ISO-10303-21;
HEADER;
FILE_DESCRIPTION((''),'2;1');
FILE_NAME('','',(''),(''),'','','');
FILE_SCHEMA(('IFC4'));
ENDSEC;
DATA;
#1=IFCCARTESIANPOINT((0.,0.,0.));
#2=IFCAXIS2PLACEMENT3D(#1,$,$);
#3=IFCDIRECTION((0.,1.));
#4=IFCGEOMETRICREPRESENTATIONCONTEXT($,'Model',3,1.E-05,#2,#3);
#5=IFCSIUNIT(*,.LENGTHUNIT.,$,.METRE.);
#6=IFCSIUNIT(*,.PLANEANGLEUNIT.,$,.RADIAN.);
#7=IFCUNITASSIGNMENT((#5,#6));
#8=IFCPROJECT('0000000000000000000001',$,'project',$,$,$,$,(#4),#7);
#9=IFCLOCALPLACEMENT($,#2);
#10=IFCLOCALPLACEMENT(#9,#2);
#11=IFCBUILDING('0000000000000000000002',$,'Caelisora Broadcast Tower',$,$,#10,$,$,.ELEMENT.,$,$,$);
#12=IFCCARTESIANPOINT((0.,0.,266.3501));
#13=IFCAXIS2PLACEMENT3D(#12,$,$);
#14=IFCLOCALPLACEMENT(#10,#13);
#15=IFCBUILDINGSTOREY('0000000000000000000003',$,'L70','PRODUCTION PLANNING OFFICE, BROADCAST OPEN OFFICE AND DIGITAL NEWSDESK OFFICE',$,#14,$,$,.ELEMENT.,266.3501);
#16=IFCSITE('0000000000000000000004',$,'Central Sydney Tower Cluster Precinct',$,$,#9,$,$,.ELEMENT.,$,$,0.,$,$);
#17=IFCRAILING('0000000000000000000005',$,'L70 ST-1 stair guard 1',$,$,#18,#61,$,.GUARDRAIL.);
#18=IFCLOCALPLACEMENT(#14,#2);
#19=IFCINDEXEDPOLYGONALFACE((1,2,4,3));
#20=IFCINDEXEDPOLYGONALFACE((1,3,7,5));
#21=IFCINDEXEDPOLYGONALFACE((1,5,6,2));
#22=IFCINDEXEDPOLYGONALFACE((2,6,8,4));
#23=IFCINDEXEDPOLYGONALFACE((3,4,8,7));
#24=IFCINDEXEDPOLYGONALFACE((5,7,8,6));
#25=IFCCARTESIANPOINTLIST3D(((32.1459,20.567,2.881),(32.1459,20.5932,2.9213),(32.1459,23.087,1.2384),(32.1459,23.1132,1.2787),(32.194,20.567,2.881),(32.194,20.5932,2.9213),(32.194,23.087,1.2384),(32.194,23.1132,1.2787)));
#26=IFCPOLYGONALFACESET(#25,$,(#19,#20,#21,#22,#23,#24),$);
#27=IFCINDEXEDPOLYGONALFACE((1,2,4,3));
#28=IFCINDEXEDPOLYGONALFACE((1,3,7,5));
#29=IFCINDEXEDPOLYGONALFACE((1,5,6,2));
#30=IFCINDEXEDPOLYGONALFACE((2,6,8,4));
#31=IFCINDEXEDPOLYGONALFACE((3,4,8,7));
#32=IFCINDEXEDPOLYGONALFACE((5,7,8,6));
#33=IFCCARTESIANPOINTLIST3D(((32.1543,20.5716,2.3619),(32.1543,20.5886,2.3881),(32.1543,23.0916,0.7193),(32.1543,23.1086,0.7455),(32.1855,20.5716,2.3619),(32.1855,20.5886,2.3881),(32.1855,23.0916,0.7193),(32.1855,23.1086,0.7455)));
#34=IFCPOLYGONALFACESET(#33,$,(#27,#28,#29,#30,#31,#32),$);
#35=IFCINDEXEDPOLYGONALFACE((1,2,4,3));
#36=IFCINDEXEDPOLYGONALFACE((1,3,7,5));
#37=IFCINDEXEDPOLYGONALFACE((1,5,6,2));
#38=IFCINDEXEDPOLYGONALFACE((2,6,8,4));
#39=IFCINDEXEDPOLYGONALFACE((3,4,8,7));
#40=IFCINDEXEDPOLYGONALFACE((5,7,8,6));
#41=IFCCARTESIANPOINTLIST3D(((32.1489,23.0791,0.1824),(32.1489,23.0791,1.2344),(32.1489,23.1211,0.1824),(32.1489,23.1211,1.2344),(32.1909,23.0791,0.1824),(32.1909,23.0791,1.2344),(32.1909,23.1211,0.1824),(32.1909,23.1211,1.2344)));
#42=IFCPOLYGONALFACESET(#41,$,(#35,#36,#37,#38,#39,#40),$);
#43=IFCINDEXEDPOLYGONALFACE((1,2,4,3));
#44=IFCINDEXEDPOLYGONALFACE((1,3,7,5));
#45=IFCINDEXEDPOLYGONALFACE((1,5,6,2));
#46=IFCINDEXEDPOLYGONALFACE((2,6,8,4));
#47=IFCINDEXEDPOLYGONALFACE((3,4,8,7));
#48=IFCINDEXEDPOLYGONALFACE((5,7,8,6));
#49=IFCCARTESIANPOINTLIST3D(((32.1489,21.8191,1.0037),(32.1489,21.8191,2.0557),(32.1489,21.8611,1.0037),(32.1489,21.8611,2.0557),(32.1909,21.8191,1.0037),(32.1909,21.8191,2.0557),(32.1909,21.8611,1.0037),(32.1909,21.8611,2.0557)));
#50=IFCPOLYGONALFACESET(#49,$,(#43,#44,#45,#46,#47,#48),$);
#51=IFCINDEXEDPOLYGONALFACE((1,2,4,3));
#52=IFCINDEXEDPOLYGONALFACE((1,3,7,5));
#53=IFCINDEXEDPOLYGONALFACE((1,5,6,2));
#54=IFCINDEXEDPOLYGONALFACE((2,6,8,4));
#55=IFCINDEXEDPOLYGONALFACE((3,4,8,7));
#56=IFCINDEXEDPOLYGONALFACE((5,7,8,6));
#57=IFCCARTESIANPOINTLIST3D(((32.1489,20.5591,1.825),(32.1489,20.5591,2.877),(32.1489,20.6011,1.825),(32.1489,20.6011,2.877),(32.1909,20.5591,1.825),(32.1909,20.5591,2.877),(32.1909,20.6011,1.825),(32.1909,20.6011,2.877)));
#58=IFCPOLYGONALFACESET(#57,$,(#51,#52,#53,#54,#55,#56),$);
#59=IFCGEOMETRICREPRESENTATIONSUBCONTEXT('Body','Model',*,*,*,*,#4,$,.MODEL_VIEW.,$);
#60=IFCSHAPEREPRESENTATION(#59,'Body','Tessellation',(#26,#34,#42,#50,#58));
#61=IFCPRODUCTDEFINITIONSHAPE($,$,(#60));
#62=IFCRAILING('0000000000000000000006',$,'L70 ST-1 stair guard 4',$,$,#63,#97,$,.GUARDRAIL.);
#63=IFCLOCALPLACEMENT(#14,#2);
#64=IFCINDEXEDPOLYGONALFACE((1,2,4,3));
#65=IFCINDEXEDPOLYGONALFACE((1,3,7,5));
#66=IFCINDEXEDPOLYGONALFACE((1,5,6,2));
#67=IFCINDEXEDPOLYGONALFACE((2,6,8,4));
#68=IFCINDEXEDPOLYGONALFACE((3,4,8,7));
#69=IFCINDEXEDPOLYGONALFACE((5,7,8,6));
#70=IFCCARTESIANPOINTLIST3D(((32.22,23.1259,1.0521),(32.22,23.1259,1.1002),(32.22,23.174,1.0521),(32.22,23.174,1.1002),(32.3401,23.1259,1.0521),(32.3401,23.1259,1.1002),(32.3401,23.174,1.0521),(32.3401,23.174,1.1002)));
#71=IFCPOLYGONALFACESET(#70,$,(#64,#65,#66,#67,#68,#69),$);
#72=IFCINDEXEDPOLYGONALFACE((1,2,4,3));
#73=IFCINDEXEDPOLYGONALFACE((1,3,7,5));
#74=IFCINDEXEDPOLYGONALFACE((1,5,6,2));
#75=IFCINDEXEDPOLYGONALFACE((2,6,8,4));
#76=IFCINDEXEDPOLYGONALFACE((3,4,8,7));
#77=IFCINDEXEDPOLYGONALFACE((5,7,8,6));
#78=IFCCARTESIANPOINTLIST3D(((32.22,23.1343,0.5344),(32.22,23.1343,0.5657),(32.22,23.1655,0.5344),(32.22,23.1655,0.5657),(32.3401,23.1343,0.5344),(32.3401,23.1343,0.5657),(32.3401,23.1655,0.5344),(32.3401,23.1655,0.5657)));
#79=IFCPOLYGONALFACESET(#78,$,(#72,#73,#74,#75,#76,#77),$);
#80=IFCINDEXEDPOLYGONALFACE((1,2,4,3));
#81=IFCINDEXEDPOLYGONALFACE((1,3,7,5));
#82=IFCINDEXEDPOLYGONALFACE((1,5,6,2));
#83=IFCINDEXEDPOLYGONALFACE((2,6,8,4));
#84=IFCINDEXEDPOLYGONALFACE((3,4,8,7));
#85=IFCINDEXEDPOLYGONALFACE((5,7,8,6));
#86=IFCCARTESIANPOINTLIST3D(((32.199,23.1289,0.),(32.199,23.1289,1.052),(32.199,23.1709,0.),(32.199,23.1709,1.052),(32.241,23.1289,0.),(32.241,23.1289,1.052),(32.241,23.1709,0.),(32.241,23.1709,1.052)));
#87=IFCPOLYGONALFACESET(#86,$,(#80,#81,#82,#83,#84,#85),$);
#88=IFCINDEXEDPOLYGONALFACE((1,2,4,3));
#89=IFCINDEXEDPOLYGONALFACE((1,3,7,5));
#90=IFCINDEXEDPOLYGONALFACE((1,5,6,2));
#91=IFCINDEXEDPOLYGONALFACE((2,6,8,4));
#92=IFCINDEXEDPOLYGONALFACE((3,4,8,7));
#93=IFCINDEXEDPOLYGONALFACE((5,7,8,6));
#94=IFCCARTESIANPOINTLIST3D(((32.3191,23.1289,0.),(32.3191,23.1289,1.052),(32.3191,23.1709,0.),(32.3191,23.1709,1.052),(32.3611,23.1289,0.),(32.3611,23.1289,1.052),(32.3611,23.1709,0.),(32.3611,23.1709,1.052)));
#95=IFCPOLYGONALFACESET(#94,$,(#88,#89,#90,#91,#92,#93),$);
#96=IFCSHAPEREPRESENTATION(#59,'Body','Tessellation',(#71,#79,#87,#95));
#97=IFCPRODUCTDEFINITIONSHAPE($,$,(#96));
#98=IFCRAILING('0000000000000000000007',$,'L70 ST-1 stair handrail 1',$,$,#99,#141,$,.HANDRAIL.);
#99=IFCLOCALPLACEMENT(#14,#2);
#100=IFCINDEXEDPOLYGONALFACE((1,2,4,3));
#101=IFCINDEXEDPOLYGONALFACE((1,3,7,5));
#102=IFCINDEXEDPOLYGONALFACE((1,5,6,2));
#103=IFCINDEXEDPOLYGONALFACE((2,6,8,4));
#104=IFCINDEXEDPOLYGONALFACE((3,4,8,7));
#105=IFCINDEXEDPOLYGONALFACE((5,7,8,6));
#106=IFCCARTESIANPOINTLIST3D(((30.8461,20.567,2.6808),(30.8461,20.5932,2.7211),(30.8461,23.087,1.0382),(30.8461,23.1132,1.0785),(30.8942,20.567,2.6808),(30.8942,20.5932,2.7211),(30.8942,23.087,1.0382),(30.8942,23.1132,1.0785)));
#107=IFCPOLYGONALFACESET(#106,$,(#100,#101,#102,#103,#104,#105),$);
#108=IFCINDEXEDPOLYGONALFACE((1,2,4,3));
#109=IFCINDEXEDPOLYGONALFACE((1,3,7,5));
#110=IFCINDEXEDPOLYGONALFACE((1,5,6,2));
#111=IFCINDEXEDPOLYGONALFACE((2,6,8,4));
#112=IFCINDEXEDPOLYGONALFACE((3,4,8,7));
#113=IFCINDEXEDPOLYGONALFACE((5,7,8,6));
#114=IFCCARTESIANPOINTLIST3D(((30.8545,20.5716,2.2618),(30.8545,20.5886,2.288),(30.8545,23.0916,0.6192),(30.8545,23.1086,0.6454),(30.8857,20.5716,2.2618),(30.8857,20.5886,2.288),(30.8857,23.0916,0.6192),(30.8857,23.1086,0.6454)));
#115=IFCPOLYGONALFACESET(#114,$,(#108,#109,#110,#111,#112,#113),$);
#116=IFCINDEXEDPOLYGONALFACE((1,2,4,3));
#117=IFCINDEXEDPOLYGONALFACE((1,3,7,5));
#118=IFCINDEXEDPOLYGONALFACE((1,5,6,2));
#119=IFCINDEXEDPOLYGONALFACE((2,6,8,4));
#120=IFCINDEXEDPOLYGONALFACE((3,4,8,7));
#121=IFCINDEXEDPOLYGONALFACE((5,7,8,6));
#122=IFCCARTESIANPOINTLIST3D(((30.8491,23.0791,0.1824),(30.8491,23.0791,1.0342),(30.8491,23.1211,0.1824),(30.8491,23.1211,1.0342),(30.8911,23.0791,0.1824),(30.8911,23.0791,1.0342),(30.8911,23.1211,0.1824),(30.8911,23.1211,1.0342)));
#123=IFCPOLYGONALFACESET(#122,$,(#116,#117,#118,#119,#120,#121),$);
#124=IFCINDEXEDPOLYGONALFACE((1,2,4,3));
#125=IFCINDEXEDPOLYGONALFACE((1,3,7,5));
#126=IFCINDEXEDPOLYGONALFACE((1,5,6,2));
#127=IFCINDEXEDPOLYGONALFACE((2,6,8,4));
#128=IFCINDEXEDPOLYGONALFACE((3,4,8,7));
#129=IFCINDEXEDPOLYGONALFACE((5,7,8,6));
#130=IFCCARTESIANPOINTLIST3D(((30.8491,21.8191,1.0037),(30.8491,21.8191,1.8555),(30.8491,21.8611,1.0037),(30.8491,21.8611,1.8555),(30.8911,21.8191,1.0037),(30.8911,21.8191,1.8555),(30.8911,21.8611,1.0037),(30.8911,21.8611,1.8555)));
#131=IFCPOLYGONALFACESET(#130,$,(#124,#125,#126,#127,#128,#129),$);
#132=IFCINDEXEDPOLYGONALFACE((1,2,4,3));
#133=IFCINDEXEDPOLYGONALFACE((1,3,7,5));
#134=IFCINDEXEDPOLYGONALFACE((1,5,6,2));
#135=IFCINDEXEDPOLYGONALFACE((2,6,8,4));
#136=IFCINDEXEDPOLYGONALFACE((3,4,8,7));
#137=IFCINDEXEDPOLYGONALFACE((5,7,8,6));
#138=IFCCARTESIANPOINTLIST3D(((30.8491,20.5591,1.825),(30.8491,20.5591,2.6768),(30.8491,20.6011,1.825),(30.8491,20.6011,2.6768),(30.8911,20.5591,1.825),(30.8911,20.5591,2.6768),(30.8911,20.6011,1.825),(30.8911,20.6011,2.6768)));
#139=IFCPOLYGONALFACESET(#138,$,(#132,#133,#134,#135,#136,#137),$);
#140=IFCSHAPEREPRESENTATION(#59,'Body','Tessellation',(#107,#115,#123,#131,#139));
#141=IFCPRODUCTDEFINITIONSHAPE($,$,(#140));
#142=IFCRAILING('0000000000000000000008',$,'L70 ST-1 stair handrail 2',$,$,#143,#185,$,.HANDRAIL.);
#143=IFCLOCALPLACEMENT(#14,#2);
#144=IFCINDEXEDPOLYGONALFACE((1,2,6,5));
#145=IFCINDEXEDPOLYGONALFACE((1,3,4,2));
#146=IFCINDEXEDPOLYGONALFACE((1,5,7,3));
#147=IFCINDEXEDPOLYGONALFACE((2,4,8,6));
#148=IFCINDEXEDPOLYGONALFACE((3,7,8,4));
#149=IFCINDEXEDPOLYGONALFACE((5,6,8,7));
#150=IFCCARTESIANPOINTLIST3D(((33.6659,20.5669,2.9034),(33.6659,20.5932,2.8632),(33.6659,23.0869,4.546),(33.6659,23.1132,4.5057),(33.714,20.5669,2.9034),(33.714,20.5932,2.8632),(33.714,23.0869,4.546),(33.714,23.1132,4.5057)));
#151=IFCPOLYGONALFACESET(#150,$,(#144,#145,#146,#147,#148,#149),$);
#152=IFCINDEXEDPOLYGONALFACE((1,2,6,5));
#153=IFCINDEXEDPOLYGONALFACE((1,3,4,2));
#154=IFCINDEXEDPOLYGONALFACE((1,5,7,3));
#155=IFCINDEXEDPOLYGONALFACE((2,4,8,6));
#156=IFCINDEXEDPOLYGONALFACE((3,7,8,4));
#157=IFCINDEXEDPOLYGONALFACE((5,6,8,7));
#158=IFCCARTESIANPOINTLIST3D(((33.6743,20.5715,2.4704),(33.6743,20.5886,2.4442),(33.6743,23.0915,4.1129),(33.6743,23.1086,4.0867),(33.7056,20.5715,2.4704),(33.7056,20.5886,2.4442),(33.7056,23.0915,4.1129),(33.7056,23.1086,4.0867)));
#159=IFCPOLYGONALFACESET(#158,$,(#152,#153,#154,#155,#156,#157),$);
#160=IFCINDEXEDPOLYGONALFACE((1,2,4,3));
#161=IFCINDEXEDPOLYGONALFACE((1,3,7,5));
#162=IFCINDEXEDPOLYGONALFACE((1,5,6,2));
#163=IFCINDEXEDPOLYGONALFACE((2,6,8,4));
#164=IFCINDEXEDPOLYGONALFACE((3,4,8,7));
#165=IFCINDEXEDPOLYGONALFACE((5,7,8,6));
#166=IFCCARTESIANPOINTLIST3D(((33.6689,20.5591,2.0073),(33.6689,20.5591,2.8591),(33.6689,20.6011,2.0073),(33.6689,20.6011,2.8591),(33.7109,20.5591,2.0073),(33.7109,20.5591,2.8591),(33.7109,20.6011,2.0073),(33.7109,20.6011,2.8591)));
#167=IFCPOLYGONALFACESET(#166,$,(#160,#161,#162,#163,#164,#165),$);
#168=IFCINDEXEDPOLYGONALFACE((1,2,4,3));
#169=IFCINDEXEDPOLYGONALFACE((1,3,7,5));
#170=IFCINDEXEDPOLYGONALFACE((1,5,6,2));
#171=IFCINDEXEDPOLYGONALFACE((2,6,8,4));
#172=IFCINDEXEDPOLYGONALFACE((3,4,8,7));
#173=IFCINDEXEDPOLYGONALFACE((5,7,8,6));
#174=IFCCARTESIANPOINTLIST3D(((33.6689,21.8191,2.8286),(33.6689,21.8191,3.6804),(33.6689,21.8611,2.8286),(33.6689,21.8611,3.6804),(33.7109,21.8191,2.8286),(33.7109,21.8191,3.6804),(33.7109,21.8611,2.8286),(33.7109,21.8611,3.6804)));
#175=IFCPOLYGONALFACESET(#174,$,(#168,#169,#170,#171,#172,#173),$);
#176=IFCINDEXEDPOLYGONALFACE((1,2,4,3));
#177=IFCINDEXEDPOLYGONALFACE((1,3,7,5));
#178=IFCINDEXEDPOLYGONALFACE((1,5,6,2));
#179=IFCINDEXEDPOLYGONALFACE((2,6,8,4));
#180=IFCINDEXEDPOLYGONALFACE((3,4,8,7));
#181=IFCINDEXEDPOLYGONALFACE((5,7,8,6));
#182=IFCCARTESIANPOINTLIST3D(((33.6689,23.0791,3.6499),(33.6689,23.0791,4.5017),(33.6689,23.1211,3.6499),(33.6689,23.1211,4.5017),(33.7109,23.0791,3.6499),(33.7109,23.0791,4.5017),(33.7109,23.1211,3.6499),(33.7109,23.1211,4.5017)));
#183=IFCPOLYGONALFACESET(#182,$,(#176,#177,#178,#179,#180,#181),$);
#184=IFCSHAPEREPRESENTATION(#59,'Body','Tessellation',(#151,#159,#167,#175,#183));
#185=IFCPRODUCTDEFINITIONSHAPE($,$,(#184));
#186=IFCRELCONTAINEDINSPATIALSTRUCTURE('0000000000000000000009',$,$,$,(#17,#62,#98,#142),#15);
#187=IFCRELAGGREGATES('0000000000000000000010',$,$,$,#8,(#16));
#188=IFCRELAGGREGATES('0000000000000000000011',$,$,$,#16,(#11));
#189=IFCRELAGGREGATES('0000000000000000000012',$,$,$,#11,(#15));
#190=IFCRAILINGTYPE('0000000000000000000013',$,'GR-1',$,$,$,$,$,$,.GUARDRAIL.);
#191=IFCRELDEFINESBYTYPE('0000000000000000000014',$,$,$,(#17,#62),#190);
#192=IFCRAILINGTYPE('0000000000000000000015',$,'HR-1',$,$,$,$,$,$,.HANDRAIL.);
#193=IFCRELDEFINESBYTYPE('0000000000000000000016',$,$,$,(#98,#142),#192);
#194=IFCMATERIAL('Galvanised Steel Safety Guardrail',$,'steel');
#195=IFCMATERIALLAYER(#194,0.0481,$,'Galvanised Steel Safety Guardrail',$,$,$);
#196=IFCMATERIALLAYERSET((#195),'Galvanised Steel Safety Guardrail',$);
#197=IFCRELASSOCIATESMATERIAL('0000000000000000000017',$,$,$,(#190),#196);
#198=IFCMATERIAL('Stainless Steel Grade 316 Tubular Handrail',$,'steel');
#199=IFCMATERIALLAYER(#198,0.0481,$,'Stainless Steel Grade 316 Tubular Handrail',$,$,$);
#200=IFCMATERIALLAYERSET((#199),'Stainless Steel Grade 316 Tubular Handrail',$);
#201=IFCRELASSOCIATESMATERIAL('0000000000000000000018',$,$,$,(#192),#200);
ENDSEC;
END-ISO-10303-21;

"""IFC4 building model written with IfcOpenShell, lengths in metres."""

from ifc_helpers import new_model, si_unit, direction, frame, origin, origin_2d, place, context, subcontext, project, spatial, rectangle, extrude, material, layer, layer_set, type_object, element, save


model = new_model("IFC4")

# Units and contexts
model_context = context("Model", 3, precision=1e-05, world=origin(), true_north=direction((0.0, 1.0)))
body_context = subcontext(model_context, "Body", "Model", "MODEL_VIEW")
ifc_project = project(units=[si_unit("LENGTHUNIT", "METRE"), si_unit("PLANEANGLEUNIT", "RADIAN")], contexts=[model_context])

# Site, building, storey
site_placement = place(None, origin())
site = spatial("IfcSite", under=ifc_project, at=site_placement, Name="Central Sydney Tower Cluster Precinct", CompositionType="ELEMENT", RefElevation=0.0)
building_placement = place(site_placement, origin())
building = spatial("IfcBuilding", under=site, at=building_placement, Name="Caelisora Broadcast Tower", CompositionType="ELEMENT")
storey_placement = place(building_placement, frame((0.0, 0.0, 266.3501)))
storey = spatial("IfcBuildingStorey", under=building, at=storey_placement, Name="L70", Description="PRODUCTION PLANNING OFFICE, BROADCAST OPEN OFFICE AND DIGITAL NEWSDESK OFFICE", CompositionType="ELEMENT", Elevation=266.3501)

# Railings
ifc_material_1 = material(Name="Galvanised Steel Safety Guardrail", Category="steel")
ifc_layer_1 = layer(ifc_material_1, 0.0481, Name="Galvanised Steel Safety Guardrail")
ifc_layer_set_1 = layer_set([ifc_layer_1], Name="Galvanised Steel Safety Guardrail")
railing_type_1 = type_object("IfcRailingType", Name="GR-1", PredefinedType="GUARDRAIL", material=ifc_layer_set_1)
railing_1_placement = place(storey_placement, frame((32.1699, 23.1001, 0.1824)))
element("IfcRailing", 1, at=railing_1_placement, inside=storey, type_object=railing_type_1, Name="L70 ST-1 stair guard 1", PredefinedType="GUARDRAIL", context=body_context, shape_type="SweptSolid", body=[
    extrude(rectangle(XDim=0.0481, YDim=0.0481, at=origin_2d()), frame((0.0, 0.0, 1.0762), z_axis=(0.0, -0.837749, 0.546055), x_axis=(1.0, 0.0, 0.0)), (0.0, 0.0, 1.0), 3.0081),
    extrude(rectangle(XDim=0.0312, YDim=0.0312, at=origin_2d()), frame((0.0, 0.0, 0.55), z_axis=(0.0, -0.837749, 0.546055), x_axis=(1.0, 0.0, 0.0)), (0.0, 0.0, 1.0), 3.0081),
    extrude(rectangle(XDim=0.042, YDim=0.042, at=origin_2d()), origin(), (0.0, 0.0, 1.0), 1.052),
    extrude(rectangle(XDim=0.042, YDim=0.042, at=origin_2d()), frame((0.0, -1.26, 0.8213)), (0.0, 0.0, 1.0), 1.052),
    extrude(rectangle(XDim=0.042, YDim=0.042, at=origin_2d()), frame((0.0, -2.52, 1.6426)), (0.0, 0.0, 1.0), 1.052),
])
railing_2_placement = place(storey_placement, frame((32.22, 23.1499, 0.0)))
element("IfcRailing", 2, at=railing_2_placement, inside=storey, type_object=railing_type_1, Name="L70 ST-1 stair guard 4", PredefinedType="GUARDRAIL", context=body_context, shape_type="SweptSolid", body=[
    extrude(rectangle(XDim=0.0481, YDim=0.0481, at=origin_2d()), frame((0.0, 0.0, 1.0762), z_axis=(1.0, 0.0, 0.0), x_axis=(0.0, 1.0, 0.0)), (0.0, 0.0, 1.0), 0.1201),
    extrude(rectangle(XDim=0.0312, YDim=0.0312, at=origin_2d()), frame((0.0, 0.0, 0.55), z_axis=(1.0, 0.0, 0.0), x_axis=(0.0, 1.0, 0.0)), (0.0, 0.0, 1.0), 0.1201),
    extrude(rectangle(XDim=0.042, YDim=0.042, at=origin_2d()), origin(), (0.0, 0.0, 1.0), 1.052),
    extrude(rectangle(XDim=0.042, YDim=0.042, at=origin_2d()), frame((0.1201, 0.0, 0.0)), (0.0, 0.0, 1.0), 1.052),
])
ifc_material_2 = material(Name="Stainless Steel Grade 316 Tubular Handrail", Category="steel")
ifc_layer_2 = layer(ifc_material_2, 0.0481, Name="Stainless Steel Grade 316 Tubular Handrail")
ifc_layer_set_2 = layer_set([ifc_layer_2], Name="Stainless Steel Grade 316 Tubular Handrail")
railing_type_2 = type_object("IfcRailingType", Name="HR-1", PredefinedType="HANDRAIL", material=ifc_layer_set_2)
railing_3_placement = place(storey_placement, frame((30.8701, 23.1001, 0.1824)))
element("IfcRailing", 3, at=railing_3_placement, inside=storey, type_object=railing_type_2, Name="L70 ST-1 stair handrail 1", PredefinedType="HANDRAIL", context=body_context, shape_type="SweptSolid", body=[
    extrude(rectangle(XDim=0.0481, YDim=0.0481, at=origin_2d()), frame((0.0, 0.0, 0.876), z_axis=(0.0, -0.837749, 0.546055), x_axis=(1.0, 0.0, 0.0)), (0.0, 0.0, 1.0), 3.0081),
    extrude(rectangle(XDim=0.0312, YDim=0.0312, at=origin_2d()), frame((0.0, 0.0, 0.45), z_axis=(0.0, -0.837749, 0.546055), x_axis=(1.0, 0.0, 0.0)), (0.0, 0.0, 1.0), 3.0081),
    extrude(rectangle(XDim=0.042, YDim=0.042, at=origin_2d()), origin(), (0.0, 0.0, 1.0), 0.8518),
    extrude(rectangle(XDim=0.042, YDim=0.042, at=origin_2d()), frame((0.0, -1.26, 0.8213)), (0.0, 0.0, 1.0), 0.8518),
    extrude(rectangle(XDim=0.042, YDim=0.042, at=origin_2d()), frame((0.0, -2.52, 1.6426)), (0.0, 0.0, 1.0), 0.8518),
])
railing_4_placement = place(storey_placement, frame((33.6899, 20.5801, 2.0073)))
element("IfcRailing", 4, at=railing_4_placement, inside=storey, type_object=railing_type_2, Name="L70 ST-1 stair handrail 2", PredefinedType="HANDRAIL", context=body_context, shape_type="SweptSolid", body=[
    extrude(rectangle(XDim=0.0481, YDim=0.0481, at=origin_2d()), frame((0.0, 0.0, 0.876), z_axis=(0.0, 0.837749, 0.546055), x_axis=(-1.0, 0.0, 0.0)), (0.0, 0.0, 1.0), 3.0081),
    extrude(rectangle(XDim=0.0312, YDim=0.0312, at=origin_2d()), frame((0.0, 0.0, 0.45), z_axis=(0.0, 0.837749, 0.546055), x_axis=(-1.0, 0.0, 0.0)), (0.0, 0.0, 1.0), 3.0081),
    extrude(rectangle(XDim=0.042, YDim=0.042, at=origin_2d()), origin(), (0.0, 0.0, 1.0), 0.8518),
    extrude(rectangle(XDim=0.042, YDim=0.042, at=origin_2d()), frame((0.0, 1.26, 0.8213)), (0.0, 0.0, 1.0), 0.8518),
    extrude(rectangle(XDim=0.042, YDim=0.042, at=origin_2d()), frame((0.0, 2.52, 1.6426)), (0.0, 0.0, 1.0), 0.8518),
])

save(model, "model.ifc")
